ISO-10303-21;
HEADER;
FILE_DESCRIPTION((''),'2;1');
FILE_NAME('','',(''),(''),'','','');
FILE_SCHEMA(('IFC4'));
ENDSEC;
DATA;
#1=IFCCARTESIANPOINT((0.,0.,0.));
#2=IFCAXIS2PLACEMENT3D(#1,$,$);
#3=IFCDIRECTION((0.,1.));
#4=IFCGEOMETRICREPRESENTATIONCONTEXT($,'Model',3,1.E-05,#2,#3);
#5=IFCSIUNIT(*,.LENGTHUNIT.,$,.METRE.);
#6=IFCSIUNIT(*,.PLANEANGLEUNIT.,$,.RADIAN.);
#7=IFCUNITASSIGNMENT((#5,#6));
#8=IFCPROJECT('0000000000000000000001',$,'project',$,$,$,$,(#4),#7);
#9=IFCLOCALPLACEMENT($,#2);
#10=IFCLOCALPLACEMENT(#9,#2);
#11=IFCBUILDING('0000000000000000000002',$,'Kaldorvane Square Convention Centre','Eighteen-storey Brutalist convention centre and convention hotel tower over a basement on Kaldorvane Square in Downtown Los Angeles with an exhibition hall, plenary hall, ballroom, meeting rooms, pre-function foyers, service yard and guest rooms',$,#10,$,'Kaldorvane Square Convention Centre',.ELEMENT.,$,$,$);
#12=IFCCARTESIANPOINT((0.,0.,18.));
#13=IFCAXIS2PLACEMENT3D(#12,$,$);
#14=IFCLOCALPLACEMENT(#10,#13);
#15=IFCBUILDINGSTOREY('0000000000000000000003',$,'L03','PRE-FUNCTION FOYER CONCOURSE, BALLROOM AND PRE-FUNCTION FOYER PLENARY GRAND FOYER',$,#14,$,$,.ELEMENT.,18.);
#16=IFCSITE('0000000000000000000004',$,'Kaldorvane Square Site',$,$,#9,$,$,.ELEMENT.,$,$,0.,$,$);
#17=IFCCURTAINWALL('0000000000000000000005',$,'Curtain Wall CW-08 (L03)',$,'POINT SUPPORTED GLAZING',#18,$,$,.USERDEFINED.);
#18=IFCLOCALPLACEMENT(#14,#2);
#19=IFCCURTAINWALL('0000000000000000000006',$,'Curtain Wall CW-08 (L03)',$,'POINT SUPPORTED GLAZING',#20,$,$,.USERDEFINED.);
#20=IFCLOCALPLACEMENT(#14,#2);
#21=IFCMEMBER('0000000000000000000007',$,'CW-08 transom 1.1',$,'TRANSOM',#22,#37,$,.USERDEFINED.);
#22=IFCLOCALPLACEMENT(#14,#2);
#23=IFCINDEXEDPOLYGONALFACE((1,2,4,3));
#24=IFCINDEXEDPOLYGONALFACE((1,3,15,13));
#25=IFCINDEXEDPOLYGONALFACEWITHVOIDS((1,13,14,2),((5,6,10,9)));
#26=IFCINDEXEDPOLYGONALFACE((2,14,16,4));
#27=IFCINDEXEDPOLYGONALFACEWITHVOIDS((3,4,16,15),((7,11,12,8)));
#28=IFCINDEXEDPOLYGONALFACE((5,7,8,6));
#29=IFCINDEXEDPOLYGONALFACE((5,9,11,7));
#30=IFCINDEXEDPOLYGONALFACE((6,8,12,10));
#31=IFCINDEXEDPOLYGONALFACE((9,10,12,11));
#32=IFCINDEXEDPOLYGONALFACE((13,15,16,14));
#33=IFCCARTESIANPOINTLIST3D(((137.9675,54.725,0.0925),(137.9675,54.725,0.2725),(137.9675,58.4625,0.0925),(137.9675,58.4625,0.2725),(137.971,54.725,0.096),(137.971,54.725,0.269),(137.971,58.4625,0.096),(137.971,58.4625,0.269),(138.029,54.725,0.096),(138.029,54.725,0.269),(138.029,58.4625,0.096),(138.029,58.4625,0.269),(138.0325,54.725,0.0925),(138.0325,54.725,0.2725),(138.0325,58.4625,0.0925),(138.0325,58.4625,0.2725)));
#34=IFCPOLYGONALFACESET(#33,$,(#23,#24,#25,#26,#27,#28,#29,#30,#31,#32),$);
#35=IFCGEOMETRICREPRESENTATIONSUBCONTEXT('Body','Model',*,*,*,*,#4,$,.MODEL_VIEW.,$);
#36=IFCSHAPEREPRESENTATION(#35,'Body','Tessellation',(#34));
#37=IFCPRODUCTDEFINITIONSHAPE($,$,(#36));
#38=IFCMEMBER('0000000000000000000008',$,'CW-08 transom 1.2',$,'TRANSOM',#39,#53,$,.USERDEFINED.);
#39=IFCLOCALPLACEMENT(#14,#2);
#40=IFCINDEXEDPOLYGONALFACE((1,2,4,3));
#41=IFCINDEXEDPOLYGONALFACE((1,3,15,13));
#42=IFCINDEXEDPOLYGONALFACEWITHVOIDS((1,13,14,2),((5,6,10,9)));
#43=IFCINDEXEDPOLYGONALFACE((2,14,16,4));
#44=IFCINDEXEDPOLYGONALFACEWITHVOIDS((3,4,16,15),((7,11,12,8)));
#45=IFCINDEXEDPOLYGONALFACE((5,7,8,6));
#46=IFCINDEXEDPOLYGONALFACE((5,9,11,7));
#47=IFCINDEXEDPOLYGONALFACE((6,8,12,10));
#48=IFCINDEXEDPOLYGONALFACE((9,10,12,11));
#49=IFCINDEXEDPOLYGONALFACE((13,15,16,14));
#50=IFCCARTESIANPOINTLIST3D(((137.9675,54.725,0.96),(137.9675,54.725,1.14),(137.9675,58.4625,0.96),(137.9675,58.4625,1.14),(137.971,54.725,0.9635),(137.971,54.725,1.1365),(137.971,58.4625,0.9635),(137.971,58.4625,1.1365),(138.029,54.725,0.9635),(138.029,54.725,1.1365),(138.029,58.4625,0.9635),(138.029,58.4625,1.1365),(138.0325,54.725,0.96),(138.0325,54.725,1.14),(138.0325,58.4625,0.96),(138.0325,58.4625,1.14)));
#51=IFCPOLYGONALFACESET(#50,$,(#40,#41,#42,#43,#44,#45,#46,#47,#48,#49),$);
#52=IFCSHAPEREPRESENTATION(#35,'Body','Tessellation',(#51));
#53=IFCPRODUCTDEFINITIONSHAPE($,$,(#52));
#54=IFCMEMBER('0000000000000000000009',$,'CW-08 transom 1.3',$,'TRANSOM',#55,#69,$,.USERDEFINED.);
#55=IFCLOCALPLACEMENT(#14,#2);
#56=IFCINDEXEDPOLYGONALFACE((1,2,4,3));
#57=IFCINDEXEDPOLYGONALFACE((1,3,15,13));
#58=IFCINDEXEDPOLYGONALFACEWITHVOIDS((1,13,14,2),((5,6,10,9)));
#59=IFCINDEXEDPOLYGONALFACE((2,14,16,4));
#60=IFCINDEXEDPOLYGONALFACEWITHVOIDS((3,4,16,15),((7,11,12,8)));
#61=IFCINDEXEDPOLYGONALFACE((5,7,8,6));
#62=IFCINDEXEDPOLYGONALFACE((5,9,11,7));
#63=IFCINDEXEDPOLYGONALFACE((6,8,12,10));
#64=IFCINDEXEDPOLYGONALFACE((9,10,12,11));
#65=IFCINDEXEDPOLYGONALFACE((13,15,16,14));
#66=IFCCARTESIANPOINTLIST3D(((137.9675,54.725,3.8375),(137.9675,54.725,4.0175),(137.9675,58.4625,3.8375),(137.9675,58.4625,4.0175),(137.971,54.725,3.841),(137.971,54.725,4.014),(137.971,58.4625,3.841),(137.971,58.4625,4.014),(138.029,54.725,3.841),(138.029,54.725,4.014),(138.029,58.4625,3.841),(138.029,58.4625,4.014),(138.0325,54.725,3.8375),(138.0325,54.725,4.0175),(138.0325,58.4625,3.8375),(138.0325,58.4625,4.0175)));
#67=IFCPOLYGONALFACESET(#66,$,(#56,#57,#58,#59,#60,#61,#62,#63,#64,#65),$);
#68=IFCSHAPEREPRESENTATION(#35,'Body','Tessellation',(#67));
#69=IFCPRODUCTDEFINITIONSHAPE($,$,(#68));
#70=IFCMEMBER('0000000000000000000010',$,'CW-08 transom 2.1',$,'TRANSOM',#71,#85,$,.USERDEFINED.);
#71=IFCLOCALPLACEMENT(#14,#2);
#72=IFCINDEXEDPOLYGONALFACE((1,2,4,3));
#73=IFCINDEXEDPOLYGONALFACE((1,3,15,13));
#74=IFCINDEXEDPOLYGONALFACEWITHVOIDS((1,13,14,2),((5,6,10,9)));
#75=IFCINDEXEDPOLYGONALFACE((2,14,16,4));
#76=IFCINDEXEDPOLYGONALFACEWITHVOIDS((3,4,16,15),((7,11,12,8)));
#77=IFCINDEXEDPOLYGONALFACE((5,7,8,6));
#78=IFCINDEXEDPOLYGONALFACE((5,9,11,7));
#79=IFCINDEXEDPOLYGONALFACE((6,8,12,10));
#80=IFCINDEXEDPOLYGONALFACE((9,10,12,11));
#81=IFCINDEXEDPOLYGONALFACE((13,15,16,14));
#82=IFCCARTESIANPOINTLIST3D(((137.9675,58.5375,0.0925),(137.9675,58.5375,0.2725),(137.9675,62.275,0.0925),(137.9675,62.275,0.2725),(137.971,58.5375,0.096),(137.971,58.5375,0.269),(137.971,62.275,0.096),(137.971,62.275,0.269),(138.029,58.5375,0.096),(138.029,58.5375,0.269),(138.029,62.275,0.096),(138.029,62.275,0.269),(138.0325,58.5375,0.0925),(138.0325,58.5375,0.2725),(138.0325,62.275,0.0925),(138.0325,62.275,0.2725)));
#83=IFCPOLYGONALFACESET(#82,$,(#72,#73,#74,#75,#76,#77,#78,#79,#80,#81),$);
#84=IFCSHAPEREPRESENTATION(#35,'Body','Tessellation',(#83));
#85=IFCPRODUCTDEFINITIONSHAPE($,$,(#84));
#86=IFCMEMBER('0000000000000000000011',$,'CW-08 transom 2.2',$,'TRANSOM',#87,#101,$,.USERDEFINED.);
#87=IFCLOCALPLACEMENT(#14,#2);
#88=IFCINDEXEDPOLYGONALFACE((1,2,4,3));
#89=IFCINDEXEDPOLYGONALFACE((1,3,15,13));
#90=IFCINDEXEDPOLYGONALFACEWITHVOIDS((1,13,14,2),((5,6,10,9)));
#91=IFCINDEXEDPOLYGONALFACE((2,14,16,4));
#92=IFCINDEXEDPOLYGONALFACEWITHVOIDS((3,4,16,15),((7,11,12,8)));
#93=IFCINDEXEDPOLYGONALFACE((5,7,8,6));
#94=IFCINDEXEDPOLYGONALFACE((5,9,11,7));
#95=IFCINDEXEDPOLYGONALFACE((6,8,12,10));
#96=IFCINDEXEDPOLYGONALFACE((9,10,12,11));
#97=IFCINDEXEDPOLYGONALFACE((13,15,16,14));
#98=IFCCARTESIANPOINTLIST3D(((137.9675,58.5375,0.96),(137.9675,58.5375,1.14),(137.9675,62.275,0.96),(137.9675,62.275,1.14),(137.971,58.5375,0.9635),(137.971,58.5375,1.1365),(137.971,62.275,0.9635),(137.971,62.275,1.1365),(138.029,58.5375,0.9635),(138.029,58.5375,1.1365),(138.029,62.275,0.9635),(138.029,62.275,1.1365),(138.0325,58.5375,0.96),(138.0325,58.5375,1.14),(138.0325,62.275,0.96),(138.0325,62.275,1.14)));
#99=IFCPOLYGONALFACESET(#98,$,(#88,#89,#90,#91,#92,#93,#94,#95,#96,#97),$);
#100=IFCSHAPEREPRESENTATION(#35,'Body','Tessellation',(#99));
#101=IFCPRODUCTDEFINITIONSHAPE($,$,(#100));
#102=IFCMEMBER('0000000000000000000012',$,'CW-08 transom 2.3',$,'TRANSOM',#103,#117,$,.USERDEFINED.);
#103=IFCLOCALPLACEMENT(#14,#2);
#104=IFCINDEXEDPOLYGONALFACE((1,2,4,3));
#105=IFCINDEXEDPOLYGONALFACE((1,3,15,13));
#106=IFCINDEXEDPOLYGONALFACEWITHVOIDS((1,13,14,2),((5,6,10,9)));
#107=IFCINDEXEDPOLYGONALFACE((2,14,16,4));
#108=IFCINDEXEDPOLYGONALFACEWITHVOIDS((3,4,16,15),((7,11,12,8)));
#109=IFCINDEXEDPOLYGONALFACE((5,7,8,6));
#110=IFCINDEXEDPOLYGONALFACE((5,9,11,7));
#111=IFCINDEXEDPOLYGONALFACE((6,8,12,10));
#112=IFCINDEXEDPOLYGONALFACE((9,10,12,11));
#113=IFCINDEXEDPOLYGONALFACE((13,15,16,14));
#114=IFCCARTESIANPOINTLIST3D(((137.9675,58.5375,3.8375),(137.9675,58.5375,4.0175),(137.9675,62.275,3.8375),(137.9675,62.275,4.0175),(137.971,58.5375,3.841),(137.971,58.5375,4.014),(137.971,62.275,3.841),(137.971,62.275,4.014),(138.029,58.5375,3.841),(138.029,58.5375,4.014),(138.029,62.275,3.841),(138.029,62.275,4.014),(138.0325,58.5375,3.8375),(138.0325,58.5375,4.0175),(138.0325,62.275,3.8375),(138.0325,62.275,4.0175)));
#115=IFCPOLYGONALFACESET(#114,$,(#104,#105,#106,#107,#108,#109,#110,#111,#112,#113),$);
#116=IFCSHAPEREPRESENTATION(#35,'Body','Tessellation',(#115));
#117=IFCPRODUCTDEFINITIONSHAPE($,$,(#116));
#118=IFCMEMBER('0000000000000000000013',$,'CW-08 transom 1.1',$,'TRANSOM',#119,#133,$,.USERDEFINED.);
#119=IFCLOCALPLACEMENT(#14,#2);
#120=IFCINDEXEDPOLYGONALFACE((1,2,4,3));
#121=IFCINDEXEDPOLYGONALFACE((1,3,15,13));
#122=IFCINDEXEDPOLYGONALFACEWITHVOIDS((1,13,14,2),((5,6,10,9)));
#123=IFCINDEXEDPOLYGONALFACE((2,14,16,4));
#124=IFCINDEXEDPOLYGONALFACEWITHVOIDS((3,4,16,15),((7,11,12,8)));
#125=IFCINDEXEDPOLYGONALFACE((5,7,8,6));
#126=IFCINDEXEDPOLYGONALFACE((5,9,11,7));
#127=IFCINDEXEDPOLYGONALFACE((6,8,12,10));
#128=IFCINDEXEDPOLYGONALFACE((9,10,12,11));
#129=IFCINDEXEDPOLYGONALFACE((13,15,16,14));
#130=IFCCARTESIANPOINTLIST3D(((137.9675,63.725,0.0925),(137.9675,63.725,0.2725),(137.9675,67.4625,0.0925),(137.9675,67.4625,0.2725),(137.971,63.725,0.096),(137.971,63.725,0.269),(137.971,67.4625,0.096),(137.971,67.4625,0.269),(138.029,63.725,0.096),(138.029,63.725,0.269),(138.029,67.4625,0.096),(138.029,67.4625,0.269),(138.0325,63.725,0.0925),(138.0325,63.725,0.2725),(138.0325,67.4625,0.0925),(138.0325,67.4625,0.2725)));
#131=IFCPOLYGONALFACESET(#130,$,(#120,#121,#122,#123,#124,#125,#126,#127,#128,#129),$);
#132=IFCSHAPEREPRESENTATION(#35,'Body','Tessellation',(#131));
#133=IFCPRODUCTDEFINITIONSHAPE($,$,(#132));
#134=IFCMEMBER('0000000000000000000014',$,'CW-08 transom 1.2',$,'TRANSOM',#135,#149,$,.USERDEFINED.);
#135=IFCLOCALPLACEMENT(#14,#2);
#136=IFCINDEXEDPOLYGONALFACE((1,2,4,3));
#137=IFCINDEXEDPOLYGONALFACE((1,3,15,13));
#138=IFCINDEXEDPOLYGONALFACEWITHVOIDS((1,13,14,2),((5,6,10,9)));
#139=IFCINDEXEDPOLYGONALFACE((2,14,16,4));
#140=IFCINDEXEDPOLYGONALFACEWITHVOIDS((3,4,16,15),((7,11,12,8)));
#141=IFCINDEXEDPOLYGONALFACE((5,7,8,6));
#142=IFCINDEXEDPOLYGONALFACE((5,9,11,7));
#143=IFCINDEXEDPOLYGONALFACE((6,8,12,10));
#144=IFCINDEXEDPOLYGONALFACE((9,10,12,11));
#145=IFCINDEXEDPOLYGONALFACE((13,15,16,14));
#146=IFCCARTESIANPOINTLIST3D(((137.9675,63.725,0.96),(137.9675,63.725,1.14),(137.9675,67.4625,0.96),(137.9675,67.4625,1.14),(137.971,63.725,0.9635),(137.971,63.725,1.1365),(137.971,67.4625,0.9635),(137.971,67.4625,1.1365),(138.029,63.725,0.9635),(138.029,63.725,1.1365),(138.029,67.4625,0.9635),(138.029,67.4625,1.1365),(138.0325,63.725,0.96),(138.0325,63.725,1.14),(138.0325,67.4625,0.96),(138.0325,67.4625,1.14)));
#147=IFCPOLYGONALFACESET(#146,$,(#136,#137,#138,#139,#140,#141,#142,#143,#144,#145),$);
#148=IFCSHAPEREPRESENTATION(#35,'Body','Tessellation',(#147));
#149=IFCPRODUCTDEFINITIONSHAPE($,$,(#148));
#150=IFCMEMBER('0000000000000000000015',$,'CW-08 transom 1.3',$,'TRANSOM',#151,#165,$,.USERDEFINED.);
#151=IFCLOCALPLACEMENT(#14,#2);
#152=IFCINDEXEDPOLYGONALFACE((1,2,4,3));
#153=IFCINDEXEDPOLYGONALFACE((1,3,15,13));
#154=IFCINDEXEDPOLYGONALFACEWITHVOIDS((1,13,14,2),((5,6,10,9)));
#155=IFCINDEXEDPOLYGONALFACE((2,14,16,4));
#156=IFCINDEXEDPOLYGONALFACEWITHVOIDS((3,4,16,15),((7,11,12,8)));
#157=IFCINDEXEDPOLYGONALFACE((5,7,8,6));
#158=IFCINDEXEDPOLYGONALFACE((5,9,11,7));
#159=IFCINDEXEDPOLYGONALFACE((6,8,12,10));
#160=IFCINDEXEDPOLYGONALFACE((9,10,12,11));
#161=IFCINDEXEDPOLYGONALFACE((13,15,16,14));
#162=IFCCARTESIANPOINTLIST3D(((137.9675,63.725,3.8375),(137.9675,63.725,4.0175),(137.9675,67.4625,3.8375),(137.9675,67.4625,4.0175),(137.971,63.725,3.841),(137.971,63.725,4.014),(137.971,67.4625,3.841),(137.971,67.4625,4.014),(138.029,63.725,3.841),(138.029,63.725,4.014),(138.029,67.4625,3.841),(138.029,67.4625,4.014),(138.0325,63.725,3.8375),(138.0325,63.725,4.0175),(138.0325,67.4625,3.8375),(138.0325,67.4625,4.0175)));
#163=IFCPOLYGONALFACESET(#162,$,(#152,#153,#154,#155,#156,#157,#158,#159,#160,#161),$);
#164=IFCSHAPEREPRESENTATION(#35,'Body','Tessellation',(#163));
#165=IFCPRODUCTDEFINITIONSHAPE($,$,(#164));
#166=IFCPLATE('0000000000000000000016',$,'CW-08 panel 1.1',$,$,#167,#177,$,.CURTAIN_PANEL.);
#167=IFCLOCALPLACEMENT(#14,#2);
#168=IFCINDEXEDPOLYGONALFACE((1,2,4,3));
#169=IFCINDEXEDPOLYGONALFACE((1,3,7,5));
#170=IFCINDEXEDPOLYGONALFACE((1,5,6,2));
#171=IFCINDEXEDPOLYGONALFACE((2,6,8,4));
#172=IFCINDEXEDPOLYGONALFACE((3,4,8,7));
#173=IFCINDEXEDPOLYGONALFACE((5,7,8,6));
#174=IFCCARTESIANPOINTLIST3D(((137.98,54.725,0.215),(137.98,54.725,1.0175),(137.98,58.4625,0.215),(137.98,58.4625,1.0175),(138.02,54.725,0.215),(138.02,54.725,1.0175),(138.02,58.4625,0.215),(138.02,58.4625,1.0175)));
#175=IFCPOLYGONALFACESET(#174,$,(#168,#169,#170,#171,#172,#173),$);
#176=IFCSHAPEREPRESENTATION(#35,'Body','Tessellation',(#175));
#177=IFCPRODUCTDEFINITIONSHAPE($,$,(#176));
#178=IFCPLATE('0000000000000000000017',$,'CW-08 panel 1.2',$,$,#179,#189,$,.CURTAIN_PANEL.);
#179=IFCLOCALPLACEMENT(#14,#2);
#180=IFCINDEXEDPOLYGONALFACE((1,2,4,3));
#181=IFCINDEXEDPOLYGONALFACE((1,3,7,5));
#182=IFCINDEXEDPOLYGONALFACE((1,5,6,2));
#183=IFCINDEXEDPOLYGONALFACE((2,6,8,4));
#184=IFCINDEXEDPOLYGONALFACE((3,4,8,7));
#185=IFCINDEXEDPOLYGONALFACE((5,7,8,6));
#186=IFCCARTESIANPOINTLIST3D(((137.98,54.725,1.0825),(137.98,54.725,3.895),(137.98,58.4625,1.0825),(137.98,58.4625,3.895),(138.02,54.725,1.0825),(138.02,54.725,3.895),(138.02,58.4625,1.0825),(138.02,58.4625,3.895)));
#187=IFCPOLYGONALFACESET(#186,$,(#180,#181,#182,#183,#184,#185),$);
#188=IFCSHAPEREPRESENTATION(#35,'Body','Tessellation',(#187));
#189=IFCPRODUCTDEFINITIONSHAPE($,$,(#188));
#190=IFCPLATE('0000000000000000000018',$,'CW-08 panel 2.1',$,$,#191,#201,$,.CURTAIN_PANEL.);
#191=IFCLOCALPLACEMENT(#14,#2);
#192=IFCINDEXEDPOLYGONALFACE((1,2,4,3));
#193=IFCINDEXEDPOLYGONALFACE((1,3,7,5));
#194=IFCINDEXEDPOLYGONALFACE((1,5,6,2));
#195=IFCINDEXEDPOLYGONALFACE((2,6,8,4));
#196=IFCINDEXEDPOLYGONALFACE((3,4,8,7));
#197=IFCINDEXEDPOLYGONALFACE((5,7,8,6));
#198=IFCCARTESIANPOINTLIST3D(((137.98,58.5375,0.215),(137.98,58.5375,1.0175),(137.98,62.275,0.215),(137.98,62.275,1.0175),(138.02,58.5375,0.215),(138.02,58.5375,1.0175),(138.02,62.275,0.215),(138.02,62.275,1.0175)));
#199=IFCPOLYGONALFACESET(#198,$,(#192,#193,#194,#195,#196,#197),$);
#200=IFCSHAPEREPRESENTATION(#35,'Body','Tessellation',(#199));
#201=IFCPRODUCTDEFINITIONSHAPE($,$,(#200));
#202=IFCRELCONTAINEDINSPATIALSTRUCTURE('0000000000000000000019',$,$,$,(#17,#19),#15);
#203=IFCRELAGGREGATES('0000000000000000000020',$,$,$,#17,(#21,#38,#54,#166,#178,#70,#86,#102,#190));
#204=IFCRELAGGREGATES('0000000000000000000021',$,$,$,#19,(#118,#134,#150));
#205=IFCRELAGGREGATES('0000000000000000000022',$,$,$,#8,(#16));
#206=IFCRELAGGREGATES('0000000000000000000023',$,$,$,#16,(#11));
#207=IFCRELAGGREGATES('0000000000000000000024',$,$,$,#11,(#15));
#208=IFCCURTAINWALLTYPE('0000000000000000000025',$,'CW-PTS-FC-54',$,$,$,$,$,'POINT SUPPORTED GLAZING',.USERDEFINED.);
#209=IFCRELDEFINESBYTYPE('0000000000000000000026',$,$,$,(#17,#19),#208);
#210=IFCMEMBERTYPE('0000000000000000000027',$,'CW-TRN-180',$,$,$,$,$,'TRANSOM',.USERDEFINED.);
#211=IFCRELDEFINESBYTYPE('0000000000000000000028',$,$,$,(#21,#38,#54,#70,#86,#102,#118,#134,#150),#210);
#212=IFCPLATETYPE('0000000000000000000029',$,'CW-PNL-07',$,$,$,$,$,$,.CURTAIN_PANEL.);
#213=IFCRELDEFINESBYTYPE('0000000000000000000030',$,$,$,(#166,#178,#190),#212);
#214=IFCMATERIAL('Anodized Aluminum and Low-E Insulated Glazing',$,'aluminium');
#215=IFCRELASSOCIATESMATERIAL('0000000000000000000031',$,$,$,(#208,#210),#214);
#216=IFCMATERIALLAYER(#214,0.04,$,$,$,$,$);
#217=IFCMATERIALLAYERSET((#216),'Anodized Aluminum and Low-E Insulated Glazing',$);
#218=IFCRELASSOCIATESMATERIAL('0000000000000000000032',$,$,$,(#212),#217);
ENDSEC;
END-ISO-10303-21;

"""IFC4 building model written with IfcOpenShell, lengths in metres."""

from ifc_helpers import new_model, si_unit, direction, frame, origin, origin_2d, place, context, subcontext, project, spatial, rectangle, hollow_rectangle, extrude, material, layer, layer_set, material_profile, profile_set, type_object, element, aggregate, save


model = new_model("IFC4")

# Units and contexts
model_context = context("Model", 3, precision=1e-05, world=origin(), true_north=direction((0.0, 1.0)))
body_context = subcontext(model_context, "Body", "Model", "MODEL_VIEW")
ifc_project = project(units=[si_unit("LENGTHUNIT", "METRE"), si_unit("PLANEANGLEUNIT", "RADIAN")], contexts=[model_context])

# Site, building, storey
site_placement = place(None, origin())
site = spatial("IfcSite", under=ifc_project, at=site_placement, Name="Kaldorvane Square Site", CompositionType="ELEMENT", RefElevation=0.0)
building_placement = place(site_placement, origin())
building = spatial("IfcBuilding", under=site, at=building_placement, Name="Kaldorvane Square Convention Centre", Description="Eighteen-storey Brutalist convention centre and convention hotel tower over a basement on Kaldorvane Square in Downtown Los Angeles with an exhibition hall, plenary hall, ballroom, meeting rooms, pre-function foyers, service yard and guest rooms", LongName="Kaldorvane Square Convention Centre", CompositionType="ELEMENT")
storey_placement = place(building_placement, frame((0.0, 0.0, 18.0)))
storey = spatial("IfcBuildingStorey", under=building, at=storey_placement, Name="L03", Description="PRE-FUNCTION FOYER CONCOURSE, BALLROOM AND PRE-FUNCTION FOYER PLENARY GRAND FOYER", CompositionType="ELEMENT", Elevation=18.0)

# Curtain wall
ifc_material_1 = material(Name="Anodized Aluminum and Low-E Insulated Glazing", Category="aluminium")
curtain_wall_type = type_object("IfcCurtainWallType", Name="CW-PTS-FC-54", ElementType="POINT SUPPORTED GLAZING", PredefinedType="USERDEFINED", material=ifc_material_1)
curtain_wall_1_placement = place(storey_placement, origin())
curtain_wall_1 = element("IfcCurtainWall", 1, at=curtain_wall_1_placement, inside=storey, type_object=curtain_wall_type, Name="Curtain Wall CW-08 (L03)", ObjectType="POINT SUPPORTED GLAZING", PredefinedType="USERDEFINED")

# Curtain wall
curtain_wall_2_placement = place(storey_placement, origin())
curtain_wall_2 = element("IfcCurtainWall", 2, at=curtain_wall_2_placement, inside=storey, type_object=curtain_wall_type, Name="Curtain Wall CW-08 (L03)", ObjectType="POINT SUPPORTED GLAZING", PredefinedType="USERDEFINED")

# Members
ifc_material_profile_1 = material_profile(ifc_material_1, hollow_rectangle(XDim=0.065, YDim=0.18, WallThickness=0.0035, at=origin_2d()), Name="CWT-180X65")
ifc_profile_set_1 = profile_set([ifc_material_profile_1], Name="Anodized Aluminum and Low-E Insulated Glazing")
member_type_1 = type_object("IfcMemberType", Name="CW-TRN-180", ElementType="TRANSOM", PredefinedType="USERDEFINED", material=ifc_profile_set_1)
member_1_placement = place(storey_placement, frame((138.0, 54.725, 0.1825), z_axis=(0.0, 1.0, 0.0), x_axis=(-1.0, 0.0, 0.0)))
member_1 = element("IfcMember", 3, at=member_1_placement, type_object=member_type_1, Name="CW-08 transom 1.1", ObjectType="TRANSOM", PredefinedType="USERDEFINED", context=body_context, shape_type="SweptSolid", body=[
    extrude(hollow_rectangle(XDim=0.065, YDim=0.18, WallThickness=0.0035, at=origin_2d()), origin(), (0.0, 0.0, 1.0), 3.7375),
])
member_2_placement = place(storey_placement, frame((138.0, 54.725, 1.05), z_axis=(0.0, 1.0, 0.0), x_axis=(-1.0, 0.0, 0.0)))
member_2 = element("IfcMember", 4, at=member_2_placement, type_object=member_type_1, Name="CW-08 transom 1.2", ObjectType="TRANSOM", PredefinedType="USERDEFINED", context=body_context, shape_type="SweptSolid", body=[
    extrude(hollow_rectangle(XDim=0.065, YDim=0.18, WallThickness=0.0035, at=origin_2d()), origin(), (0.0, 0.0, 1.0), 3.7375),
])
member_3_placement = place(storey_placement, frame((138.0, 54.725, 3.9275), z_axis=(0.0, 1.0, 0.0), x_axis=(-1.0, 0.0, 0.0)))
member_3 = element("IfcMember", 5, at=member_3_placement, type_object=member_type_1, Name="CW-08 transom 1.3", ObjectType="TRANSOM", PredefinedType="USERDEFINED", context=body_context, shape_type="SweptSolid", body=[
    extrude(hollow_rectangle(XDim=0.065, YDim=0.18, WallThickness=0.0035, at=origin_2d()), origin(), (0.0, 0.0, 1.0), 3.7375),
])
member_4_placement = place(storey_placement, frame((138.0, 58.5375, 0.1825), z_axis=(0.0, 1.0, 0.0), x_axis=(-1.0, 0.0, 0.0)))
member_4 = element("IfcMember", 6, at=member_4_placement, type_object=member_type_1, Name="CW-08 transom 2.1", ObjectType="TRANSOM", PredefinedType="USERDEFINED", context=body_context, shape_type="SweptSolid", body=[
    extrude(hollow_rectangle(XDim=0.065, YDim=0.18, WallThickness=0.0035, at=origin_2d()), origin(), (0.0, 0.0, 1.0), 3.7375),
])
member_5_placement = place(storey_placement, frame((138.0, 58.5375, 1.05), z_axis=(0.0, 1.0, 0.0), x_axis=(-1.0, 0.0, 0.0)))
member_5 = element("IfcMember", 7, at=member_5_placement, type_object=member_type_1, Name="CW-08 transom 2.2", ObjectType="TRANSOM", PredefinedType="USERDEFINED", context=body_context, shape_type="SweptSolid", body=[
    extrude(hollow_rectangle(XDim=0.065, YDim=0.18, WallThickness=0.0035, at=origin_2d()), origin(), (0.0, 0.0, 1.0), 3.7375),
])
member_6_placement = place(storey_placement, frame((138.0, 58.5375, 3.9275), z_axis=(0.0, 1.0, 0.0), x_axis=(-1.0, 0.0, 0.0)))
member_6 = element("IfcMember", 8, at=member_6_placement, type_object=member_type_1, Name="CW-08 transom 2.3", ObjectType="TRANSOM", PredefinedType="USERDEFINED", context=body_context, shape_type="SweptSolid", body=[
    extrude(hollow_rectangle(XDim=0.065, YDim=0.18, WallThickness=0.0035, at=origin_2d()), origin(), (0.0, 0.0, 1.0), 3.7375),
])
member_7_placement = place(storey_placement, frame((138.0, 63.725, 0.1825), z_axis=(0.0, 1.0, 0.0), x_axis=(-1.0, 0.0, 0.0)))
member_7 = element("IfcMember", 9, at=member_7_placement, type_object=member_type_1, Name="CW-08 transom 1.1", ObjectType="TRANSOM", PredefinedType="USERDEFINED", context=body_context, shape_type="SweptSolid", body=[
    extrude(hollow_rectangle(XDim=0.065, YDim=0.18, WallThickness=0.0035, at=origin_2d()), origin(), (0.0, 0.0, 1.0), 3.7375),
])
member_8_placement = place(storey_placement, frame((138.0, 63.725, 1.05), z_axis=(0.0, 1.0, 0.0), x_axis=(-1.0, 0.0, 0.0)))
member_8 = element("IfcMember", 10, at=member_8_placement, type_object=member_type_1, Name="CW-08 transom 1.2", ObjectType="TRANSOM", PredefinedType="USERDEFINED", context=body_context, shape_type="SweptSolid", body=[
    extrude(hollow_rectangle(XDim=0.065, YDim=0.18, WallThickness=0.0035, at=origin_2d()), origin(), (0.0, 0.0, 1.0), 3.7375),
])
member_9_placement = place(storey_placement, frame((138.0, 63.725, 3.9275), z_axis=(0.0, 1.0, 0.0), x_axis=(-1.0, 0.0, 0.0)))
member_9 = element("IfcMember", 11, at=member_9_placement, type_object=member_type_1, Name="CW-08 transom 1.3", ObjectType="TRANSOM", PredefinedType="USERDEFINED", context=body_context, shape_type="SweptSolid", body=[
    extrude(hollow_rectangle(XDim=0.065, YDim=0.18, WallThickness=0.0035, at=origin_2d()), origin(), (0.0, 0.0, 1.0), 3.7375),
])

# Plates
ifc_layer_1 = layer(ifc_material_1, 0.04)
ifc_layer_set_1 = layer_set([ifc_layer_1], Name="Anodized Aluminum and Low-E Insulated Glazing")
plate_type = type_object("IfcPlateType", Name="CW-PNL-07", PredefinedType="CURTAIN_PANEL", material=ifc_layer_set_1)
plate_1_placement = place(storey_placement, frame((138.0, 56.5938, 0.215), z_axis=(0.0, 0.0, 1.0), x_axis=(0.0, 1.0, 0.0)))
plate_1 = element("IfcPlate", 12, at=plate_1_placement, type_object=plate_type, Name="CW-08 panel 1.1", PredefinedType="CURTAIN_PANEL", context=body_context, shape_type="SweptSolid", body=[
    extrude(rectangle(XDim=3.7375, YDim=0.04, at=origin_2d()), origin(), (0.0, 0.0, 1.0), 0.8025),
])
plate_2_placement = place(storey_placement, frame((138.0, 56.5938, 1.0825), z_axis=(0.0, 0.0, 1.0), x_axis=(0.0, 1.0, 0.0)))
plate_2 = element("IfcPlate", 13, at=plate_2_placement, type_object=plate_type, Name="CW-08 panel 1.2", PredefinedType="CURTAIN_PANEL", context=body_context, shape_type="SweptSolid", body=[
    extrude(rectangle(XDim=3.7375, YDim=0.04, at=origin_2d()), origin(), (0.0, 0.0, 1.0), 2.8125),
])
plate_3_placement = place(storey_placement, frame((138.0, 60.4062, 0.215), z_axis=(0.0, 0.0, 1.0), x_axis=(0.0, 1.0, 0.0)))
plate_3 = element("IfcPlate", 14, at=plate_3_placement, type_object=plate_type, Name="CW-08 panel 2.1", PredefinedType="CURTAIN_PANEL", context=body_context, shape_type="SweptSolid", body=[
    extrude(rectangle(XDim=3.7375, YDim=0.04, at=origin_2d()), origin(), (0.0, 0.0, 1.0), 0.8025),
])
aggregate(curtain_wall_1, [member_1, member_2, member_3, plate_1, plate_2, member_4, member_5, member_6, plate_3])
aggregate(curtain_wall_2, [member_7, member_8, member_9])

save(model, "model.ifc")
